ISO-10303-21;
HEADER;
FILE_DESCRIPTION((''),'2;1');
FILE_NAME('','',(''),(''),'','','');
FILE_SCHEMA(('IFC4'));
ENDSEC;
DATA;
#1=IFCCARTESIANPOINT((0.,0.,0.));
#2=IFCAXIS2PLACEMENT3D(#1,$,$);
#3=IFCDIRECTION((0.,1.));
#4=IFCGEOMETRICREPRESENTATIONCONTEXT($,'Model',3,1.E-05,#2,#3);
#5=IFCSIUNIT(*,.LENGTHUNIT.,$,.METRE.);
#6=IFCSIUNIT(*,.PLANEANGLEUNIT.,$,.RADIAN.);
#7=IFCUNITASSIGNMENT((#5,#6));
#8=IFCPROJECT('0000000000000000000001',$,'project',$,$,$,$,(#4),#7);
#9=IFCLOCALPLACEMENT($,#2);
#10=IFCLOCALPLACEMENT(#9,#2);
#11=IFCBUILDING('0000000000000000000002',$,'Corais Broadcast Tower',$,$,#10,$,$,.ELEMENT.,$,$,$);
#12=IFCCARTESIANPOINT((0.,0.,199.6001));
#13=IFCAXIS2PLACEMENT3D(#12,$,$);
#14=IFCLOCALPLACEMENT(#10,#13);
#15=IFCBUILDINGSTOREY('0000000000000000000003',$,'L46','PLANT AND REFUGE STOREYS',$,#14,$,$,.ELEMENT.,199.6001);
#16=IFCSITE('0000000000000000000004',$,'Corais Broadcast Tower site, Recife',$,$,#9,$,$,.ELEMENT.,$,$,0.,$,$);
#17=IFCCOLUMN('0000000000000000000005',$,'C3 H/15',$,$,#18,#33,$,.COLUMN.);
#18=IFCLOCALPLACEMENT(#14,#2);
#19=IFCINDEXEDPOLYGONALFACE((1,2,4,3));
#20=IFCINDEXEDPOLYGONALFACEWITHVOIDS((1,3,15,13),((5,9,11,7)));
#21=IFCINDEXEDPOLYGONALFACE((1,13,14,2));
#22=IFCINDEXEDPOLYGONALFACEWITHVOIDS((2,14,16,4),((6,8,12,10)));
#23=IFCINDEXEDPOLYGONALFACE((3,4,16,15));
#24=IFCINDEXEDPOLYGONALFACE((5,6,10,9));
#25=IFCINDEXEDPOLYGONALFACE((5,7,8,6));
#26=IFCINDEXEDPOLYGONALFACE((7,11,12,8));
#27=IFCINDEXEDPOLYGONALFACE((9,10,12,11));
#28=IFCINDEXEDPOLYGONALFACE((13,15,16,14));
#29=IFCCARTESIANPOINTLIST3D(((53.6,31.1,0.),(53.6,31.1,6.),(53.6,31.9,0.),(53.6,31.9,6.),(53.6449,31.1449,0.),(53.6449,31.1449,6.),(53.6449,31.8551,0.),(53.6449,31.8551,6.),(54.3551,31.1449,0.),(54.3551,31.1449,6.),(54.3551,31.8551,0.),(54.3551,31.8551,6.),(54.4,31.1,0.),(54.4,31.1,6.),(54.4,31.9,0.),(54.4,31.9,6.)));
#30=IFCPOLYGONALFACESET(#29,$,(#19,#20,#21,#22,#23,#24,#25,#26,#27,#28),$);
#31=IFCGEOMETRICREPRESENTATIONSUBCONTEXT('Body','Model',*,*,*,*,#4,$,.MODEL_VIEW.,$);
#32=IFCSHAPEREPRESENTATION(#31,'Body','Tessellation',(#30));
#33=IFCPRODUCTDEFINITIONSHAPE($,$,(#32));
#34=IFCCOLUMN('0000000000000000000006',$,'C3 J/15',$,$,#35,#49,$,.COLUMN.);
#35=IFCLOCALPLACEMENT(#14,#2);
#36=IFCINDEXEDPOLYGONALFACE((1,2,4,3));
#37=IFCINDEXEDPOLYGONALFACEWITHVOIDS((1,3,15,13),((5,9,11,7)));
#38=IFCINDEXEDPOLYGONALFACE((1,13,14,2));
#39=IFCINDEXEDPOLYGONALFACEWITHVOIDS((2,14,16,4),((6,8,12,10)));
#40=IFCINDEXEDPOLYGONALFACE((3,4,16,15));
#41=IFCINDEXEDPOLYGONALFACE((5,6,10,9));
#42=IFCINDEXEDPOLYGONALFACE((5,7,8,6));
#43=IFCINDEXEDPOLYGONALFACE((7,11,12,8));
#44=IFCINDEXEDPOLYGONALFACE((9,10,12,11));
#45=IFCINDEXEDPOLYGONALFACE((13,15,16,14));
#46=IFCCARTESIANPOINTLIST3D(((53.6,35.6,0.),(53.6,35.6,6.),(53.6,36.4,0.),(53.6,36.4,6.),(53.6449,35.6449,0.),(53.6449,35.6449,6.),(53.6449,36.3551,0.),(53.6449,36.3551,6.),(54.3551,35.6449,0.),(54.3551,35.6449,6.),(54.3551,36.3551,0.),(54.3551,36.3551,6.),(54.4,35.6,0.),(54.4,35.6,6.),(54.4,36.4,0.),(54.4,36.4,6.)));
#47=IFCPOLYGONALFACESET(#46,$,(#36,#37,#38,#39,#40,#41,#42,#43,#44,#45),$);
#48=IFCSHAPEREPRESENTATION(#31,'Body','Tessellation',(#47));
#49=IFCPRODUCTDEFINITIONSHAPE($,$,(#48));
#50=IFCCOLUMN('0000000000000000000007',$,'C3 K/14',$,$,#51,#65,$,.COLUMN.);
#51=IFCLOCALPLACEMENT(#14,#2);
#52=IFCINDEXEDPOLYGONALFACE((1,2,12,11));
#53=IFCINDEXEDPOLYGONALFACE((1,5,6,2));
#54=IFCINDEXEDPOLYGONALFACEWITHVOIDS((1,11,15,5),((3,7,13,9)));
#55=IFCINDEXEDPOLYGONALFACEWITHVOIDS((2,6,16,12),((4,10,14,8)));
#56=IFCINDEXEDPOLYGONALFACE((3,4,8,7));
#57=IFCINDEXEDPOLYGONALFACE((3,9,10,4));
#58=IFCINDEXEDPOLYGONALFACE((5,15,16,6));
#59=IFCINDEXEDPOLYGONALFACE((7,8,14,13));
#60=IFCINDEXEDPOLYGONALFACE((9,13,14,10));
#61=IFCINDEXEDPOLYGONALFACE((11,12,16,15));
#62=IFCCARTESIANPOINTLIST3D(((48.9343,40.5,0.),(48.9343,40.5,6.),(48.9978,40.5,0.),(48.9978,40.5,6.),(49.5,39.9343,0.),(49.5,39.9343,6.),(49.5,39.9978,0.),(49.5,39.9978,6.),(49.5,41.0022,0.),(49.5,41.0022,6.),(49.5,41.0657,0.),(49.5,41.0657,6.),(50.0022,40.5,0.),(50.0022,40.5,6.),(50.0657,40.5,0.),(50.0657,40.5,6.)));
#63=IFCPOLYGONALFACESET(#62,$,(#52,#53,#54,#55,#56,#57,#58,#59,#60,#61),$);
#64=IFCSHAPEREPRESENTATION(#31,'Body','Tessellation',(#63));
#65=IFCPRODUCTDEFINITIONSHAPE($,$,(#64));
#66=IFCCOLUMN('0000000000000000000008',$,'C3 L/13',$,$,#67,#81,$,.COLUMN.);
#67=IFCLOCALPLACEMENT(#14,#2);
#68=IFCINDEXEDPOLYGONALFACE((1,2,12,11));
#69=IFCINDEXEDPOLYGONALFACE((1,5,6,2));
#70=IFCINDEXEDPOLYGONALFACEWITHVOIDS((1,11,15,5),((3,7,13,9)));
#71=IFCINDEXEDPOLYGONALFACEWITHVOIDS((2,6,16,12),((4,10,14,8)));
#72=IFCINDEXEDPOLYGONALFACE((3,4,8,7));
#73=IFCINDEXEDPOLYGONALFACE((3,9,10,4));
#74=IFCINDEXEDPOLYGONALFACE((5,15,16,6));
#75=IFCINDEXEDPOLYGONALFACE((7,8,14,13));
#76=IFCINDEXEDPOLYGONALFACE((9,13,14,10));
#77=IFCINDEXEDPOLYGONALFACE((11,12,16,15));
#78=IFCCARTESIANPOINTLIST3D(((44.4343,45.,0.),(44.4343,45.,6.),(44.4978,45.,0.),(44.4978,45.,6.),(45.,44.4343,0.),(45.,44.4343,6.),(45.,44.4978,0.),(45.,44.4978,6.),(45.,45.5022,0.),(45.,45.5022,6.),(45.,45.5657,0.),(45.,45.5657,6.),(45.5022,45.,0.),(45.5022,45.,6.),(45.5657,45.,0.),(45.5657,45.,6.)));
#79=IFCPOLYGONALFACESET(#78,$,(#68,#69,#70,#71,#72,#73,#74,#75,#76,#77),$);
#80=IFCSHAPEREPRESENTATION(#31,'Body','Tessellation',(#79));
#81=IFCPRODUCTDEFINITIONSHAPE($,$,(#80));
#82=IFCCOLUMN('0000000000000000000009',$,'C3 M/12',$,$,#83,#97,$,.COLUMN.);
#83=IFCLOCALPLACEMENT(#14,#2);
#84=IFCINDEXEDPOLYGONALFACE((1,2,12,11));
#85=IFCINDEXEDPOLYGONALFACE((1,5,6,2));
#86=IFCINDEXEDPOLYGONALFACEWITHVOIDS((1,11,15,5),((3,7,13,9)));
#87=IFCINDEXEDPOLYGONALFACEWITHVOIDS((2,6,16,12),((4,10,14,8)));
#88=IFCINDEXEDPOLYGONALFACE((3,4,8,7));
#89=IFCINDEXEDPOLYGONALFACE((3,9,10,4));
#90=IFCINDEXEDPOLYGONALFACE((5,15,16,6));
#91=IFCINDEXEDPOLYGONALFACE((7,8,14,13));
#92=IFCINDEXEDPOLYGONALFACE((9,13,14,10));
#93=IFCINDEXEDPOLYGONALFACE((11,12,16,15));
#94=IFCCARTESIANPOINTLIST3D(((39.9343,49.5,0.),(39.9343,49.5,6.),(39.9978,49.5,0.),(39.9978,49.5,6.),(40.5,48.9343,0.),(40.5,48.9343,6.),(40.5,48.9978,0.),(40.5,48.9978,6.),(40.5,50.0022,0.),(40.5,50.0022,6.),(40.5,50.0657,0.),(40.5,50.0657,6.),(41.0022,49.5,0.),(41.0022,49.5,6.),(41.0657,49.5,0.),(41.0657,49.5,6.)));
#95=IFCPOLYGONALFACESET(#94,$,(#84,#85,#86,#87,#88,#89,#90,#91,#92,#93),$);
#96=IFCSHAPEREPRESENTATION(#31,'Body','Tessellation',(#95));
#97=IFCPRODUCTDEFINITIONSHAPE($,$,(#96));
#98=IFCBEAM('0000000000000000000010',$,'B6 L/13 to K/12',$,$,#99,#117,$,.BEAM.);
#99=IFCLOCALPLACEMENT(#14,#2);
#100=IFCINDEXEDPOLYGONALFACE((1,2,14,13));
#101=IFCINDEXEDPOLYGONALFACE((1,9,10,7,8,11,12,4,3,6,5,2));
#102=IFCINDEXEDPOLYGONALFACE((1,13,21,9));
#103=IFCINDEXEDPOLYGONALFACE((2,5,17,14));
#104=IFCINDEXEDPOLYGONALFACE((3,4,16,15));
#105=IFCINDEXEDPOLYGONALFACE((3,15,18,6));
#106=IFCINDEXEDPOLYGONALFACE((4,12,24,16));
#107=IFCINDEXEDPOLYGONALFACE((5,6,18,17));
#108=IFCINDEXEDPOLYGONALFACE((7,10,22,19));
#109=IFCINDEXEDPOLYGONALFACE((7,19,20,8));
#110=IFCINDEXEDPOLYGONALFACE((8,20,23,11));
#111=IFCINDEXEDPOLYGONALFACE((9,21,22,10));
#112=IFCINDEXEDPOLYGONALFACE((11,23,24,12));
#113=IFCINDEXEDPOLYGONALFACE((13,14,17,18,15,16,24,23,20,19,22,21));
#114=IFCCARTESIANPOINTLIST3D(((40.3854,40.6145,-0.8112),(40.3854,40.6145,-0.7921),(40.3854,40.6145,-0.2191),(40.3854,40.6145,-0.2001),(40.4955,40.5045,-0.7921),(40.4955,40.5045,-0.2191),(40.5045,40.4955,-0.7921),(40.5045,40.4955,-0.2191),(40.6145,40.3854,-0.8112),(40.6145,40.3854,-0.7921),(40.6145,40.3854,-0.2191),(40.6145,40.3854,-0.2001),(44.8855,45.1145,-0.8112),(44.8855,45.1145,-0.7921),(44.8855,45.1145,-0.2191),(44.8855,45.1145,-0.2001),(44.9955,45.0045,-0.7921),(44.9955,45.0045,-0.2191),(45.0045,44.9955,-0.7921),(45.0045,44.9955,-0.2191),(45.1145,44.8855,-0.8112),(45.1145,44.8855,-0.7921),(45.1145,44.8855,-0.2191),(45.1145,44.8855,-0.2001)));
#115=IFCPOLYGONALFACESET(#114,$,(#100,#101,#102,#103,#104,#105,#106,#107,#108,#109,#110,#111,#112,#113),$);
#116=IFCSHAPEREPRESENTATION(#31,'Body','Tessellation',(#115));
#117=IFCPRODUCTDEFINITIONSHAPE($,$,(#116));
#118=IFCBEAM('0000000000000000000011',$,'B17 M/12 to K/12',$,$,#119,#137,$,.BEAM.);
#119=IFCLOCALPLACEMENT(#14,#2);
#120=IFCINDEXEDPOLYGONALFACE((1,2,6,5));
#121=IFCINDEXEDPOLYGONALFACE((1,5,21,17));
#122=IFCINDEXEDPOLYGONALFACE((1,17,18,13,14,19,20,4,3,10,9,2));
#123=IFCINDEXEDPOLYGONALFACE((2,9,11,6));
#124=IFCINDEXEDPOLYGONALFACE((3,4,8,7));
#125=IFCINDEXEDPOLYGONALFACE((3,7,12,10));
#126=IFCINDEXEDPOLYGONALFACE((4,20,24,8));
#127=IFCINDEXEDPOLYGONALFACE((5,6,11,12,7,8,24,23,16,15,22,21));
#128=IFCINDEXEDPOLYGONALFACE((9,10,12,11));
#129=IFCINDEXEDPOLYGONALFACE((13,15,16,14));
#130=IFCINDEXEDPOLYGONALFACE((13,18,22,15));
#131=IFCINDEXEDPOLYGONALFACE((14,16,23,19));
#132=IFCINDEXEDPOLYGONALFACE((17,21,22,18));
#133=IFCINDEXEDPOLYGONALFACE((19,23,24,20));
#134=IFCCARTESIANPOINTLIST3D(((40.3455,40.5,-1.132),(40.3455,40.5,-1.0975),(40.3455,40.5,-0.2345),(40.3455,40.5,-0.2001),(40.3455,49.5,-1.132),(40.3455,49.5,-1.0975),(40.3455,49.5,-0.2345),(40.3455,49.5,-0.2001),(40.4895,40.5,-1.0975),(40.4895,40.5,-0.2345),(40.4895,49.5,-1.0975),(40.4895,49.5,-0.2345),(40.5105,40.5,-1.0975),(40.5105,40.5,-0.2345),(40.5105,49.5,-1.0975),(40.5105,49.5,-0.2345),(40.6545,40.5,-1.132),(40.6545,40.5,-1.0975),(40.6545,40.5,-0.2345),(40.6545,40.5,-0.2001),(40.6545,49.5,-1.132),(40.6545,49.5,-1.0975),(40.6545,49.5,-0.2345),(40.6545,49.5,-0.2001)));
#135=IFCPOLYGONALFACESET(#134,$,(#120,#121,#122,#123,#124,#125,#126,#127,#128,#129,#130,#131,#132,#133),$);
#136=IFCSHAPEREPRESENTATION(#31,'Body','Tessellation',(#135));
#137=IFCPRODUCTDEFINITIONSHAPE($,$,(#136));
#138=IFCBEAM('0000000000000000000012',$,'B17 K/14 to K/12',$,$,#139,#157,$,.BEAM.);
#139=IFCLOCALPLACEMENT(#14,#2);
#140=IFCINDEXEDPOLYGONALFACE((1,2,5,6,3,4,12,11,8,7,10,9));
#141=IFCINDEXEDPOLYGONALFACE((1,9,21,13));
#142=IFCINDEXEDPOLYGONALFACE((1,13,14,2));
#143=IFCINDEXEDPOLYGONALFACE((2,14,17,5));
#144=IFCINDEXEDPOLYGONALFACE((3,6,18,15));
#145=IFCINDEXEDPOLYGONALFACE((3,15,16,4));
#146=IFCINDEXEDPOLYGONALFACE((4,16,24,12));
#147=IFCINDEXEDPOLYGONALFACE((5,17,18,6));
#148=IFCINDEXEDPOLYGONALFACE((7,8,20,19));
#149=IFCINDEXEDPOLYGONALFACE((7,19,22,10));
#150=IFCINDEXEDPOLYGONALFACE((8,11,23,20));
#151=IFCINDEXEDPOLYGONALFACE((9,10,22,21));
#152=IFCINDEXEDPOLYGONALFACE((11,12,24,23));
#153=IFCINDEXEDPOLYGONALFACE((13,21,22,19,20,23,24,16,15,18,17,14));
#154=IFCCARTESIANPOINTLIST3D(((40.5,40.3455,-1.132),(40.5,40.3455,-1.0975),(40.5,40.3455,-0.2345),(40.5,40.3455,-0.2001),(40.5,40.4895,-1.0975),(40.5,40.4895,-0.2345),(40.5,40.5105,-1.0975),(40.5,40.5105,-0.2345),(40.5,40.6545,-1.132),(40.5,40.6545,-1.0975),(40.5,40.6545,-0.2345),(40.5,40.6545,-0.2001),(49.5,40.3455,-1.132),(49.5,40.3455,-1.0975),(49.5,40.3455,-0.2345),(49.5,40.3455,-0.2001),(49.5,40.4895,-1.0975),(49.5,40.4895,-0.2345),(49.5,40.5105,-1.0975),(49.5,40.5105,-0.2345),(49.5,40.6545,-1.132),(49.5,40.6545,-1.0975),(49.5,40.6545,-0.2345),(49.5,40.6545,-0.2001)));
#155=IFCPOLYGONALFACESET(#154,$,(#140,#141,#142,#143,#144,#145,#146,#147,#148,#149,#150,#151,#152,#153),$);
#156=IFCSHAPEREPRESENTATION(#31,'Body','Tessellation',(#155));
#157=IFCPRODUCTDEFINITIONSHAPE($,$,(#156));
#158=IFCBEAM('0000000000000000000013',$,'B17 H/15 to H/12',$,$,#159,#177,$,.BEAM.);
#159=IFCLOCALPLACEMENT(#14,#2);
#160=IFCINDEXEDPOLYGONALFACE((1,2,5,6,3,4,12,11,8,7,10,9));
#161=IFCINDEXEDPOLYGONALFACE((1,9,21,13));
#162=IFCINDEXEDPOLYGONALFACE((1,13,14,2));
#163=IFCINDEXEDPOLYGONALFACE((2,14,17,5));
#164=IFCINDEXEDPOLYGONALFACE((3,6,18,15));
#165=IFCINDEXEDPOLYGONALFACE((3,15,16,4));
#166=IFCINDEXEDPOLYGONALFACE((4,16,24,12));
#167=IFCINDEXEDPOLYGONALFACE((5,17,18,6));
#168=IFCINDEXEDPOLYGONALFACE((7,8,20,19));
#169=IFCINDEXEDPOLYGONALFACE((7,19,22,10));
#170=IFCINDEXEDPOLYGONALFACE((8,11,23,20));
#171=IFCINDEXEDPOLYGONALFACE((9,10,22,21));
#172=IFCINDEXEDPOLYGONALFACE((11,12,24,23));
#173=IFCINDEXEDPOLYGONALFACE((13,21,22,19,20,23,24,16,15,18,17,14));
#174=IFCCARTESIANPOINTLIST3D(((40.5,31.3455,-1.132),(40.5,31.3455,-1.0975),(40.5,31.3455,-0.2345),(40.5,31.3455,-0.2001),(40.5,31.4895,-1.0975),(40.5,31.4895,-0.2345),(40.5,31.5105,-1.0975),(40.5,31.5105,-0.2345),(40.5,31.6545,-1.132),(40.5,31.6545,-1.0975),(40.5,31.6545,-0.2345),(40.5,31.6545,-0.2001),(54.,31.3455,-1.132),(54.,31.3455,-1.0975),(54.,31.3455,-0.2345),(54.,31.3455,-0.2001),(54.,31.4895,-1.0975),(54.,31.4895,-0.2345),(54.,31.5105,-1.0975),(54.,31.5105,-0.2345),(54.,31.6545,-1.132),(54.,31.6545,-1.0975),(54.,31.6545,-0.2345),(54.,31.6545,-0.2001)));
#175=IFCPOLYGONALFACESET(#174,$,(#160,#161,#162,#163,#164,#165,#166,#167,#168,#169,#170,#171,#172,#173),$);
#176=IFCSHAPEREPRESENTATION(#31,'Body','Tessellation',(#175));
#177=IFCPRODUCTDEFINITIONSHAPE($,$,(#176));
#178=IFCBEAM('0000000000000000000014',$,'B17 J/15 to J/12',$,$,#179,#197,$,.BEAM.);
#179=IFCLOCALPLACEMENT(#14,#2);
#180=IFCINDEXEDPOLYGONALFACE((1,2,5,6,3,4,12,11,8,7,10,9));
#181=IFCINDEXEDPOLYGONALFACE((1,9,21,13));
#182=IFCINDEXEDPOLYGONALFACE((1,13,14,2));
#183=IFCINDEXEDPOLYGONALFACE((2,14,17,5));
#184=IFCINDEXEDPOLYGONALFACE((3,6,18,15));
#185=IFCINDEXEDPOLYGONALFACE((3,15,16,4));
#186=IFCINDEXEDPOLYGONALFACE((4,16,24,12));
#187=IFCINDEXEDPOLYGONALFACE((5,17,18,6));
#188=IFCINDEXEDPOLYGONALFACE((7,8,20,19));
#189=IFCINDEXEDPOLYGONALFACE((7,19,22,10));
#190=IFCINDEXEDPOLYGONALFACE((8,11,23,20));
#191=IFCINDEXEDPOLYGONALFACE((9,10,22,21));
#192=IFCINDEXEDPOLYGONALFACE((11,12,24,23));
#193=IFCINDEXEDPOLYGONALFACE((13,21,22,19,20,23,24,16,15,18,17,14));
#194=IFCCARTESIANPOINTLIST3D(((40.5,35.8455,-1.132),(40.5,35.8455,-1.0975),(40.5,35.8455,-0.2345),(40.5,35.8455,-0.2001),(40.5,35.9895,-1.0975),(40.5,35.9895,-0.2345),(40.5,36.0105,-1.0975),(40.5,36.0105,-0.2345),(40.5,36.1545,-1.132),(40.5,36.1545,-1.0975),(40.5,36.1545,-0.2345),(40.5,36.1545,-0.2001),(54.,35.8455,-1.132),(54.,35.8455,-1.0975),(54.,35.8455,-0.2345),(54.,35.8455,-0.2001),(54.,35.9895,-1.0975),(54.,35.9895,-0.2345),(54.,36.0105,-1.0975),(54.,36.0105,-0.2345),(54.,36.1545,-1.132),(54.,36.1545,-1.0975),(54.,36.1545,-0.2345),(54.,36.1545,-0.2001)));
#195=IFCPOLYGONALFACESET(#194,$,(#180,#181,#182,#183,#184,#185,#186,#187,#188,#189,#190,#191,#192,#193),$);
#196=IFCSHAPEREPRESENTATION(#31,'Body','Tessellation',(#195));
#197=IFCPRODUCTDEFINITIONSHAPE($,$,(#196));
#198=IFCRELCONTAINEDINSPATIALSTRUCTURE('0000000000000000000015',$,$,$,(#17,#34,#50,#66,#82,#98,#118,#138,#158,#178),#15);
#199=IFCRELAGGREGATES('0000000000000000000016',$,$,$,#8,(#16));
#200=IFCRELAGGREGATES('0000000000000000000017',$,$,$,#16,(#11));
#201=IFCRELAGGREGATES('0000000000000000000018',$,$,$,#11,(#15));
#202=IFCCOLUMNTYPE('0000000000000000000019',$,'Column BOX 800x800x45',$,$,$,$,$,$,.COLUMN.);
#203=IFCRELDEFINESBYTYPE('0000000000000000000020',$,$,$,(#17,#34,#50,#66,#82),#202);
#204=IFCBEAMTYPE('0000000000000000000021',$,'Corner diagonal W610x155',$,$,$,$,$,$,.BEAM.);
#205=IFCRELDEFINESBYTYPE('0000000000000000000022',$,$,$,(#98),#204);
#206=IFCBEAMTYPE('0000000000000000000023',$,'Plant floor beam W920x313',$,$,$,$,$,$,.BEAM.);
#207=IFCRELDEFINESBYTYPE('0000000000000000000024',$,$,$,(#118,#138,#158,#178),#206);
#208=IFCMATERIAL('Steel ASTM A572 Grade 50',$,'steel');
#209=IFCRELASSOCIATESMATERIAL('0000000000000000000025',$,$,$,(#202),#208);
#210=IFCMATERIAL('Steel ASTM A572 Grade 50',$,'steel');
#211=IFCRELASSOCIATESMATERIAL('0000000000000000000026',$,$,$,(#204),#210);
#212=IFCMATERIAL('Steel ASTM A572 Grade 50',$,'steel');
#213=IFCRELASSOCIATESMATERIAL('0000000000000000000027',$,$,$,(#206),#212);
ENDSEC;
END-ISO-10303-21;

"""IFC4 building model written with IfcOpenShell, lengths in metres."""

from ifc_helpers import new_model, si_unit, direction, frame, origin, origin_2d, place, context, subcontext, project, spatial, hollow_rectangle, i_section, extrude, material, material_profile, profile_set, type_object, element, save


model = new_model("IFC4")

# Units and contexts
model_context = context("Model", 3, precision=1e-05, world=origin(), true_north=direction((0.0, 1.0)))
body_context = subcontext(model_context, "Body", "Model", "MODEL_VIEW")
ifc_project = project(units=[si_unit("LENGTHUNIT", "METRE"), si_unit("PLANEANGLEUNIT", "RADIAN")], contexts=[model_context])

# Site, building, storey
site_placement = place(None, origin())
site = spatial("IfcSite", under=ifc_project, at=site_placement, Name="Corais Broadcast Tower site, Recife", CompositionType="ELEMENT", RefElevation=0.0)
building_placement = place(site_placement, origin())
building = spatial("IfcBuilding", under=site, at=building_placement, Name="Corais Broadcast Tower", CompositionType="ELEMENT")
storey_placement = place(building_placement, frame((0.0, 0.0, 199.6001)))
storey = spatial("IfcBuildingStorey", under=building, at=storey_placement, Name="L46", Description="PLANT AND REFUGE STOREYS", CompositionType="ELEMENT", Elevation=199.6001)

# Columns
ifc_material_1 = material(Name="Steel ASTM A572 Grade 50", Category="steel")
ifc_material_profile_1 = material_profile(ifc_material_1, hollow_rectangle(XDim=0.8, YDim=0.8, WallThickness=0.0449, at=origin_2d()), Name="BOX 800x800x45")
ifc_profile_set_1 = profile_set([ifc_material_profile_1], Name="Steel ASTM A572 Grade 50")
column_type = type_object("IfcColumnType", Name="Column BOX 800x800x45", PredefinedType="COLUMN", material=ifc_profile_set_1)
for number, where, z_axis, x_axis, name in (
    (1, (54.0, 31.5, 0.0), (0.0, 0.0, 1.0), (1.0, 0.0, 0.0), "C3 H/15"),
    (2, (54.0, 36.0, 0.0), (0.0, 0.0, 1.0), (1.0, 0.0, 0.0), "C3 J/15"),
    (3, (49.5, 40.5, 0.0), (0.0, 0.0, 1.0), (0.707107, 0.707107, 0.0), "C3 K/14"),
    (4, (45.0, 45.0, 0.0), (0.0, 0.0, 1.0), (0.707107, 0.707107, 0.0), "C3 L/13"),
    (5, (40.5, 49.5, 0.0), (0.0, 0.0, 1.0), (0.707107, 0.707107, 0.0), "C3 M/12"),
):
    element("IfcColumn", number, at=place(storey_placement, frame(where, z_axis=z_axis, x_axis=x_axis)), inside=storey, type_object=column_type, Name=name, PredefinedType="COLUMN", context=body_context, shape_type="SweptSolid", body=[
        extrude(hollow_rectangle(XDim=0.8, YDim=0.8, WallThickness=0.0449, at=origin_2d()), origin(), (0.0, 0.0, 1.0), 6.0),
    ])

# Beams
ifc_material_2 = material(Name="Steel ASTM A572 Grade 50", Category="steel")
ifc_material_profile_2 = material_profile(ifc_material_2, i_section(OverallWidth=0.324, OverallDepth=0.6111, WebThickness=0.0127, FlangeThickness=0.019, at=origin_2d()), Name="W610x155")
ifc_profile_set_2 = profile_set([ifc_material_profile_2], Name="Steel ASTM A572 Grade 50")
beam_type_1 = type_object("IfcBeamType", Name="Corner diagonal W610x155", PredefinedType="BEAM", material=ifc_profile_set_2)
beam_1_placement = place(storey_placement, frame((45.0, 45.0, -0.5056), z_axis=(-0.707107, -0.707107, 0.0), x_axis=(0.707107, -0.707107, 0.0)))
element("IfcBeam", 6, at=beam_1_placement, inside=storey, type_object=beam_type_1, Name="B6 L/13 to K/12", PredefinedType="BEAM", context=body_context, shape_type="SweptSolid", body=[
    extrude(i_section(OverallWidth=0.324, OverallDepth=0.6111, WebThickness=0.0127, FlangeThickness=0.019, at=origin_2d()), origin(), (0.0, 0.0, 1.0), 6.364),
])
ifc_material_3 = material(Name="Steel ASTM A572 Grade 50", Category="steel")
ifc_material_profile_3 = material_profile(ifc_material_3, i_section(OverallWidth=0.3091, OverallDepth=0.9319, WebThickness=0.021, FlangeThickness=0.0344, at=origin_2d()), Name="W920x313")
ifc_profile_set_3 = profile_set([ifc_material_profile_3], Name="Steel ASTM A572 Grade 50")
beam_type_2 = type_object("IfcBeamType", Name="Plant floor beam W920x313", PredefinedType="BEAM", material=ifc_profile_set_3)
for number, where, z_axis, x_axis, name in (
    (7, (40.5, 49.5, -0.666), (0.0, -1.0, 0.0), (1.0, 0.0, 0.0), "B17 M/12 to K/12"),
    (8, (49.5, 40.5, -0.666), (-1.0, 0.0, 0.0), (0.0, -1.0, 0.0), "B17 K/14 to K/12"),
):
    element("IfcBeam", number, at=place(storey_placement, frame(where, z_axis=z_axis, x_axis=x_axis)), inside=storey, type_object=beam_type_2, Name=name, PredefinedType="BEAM", context=body_context, shape_type="SweptSolid", body=[
        extrude(i_section(OverallWidth=0.3091, OverallDepth=0.9319, WebThickness=0.021, FlangeThickness=0.0344, at=origin_2d()), origin(), (0.0, 0.0, 1.0), 9.0),
    ])
for number, where, z_axis, x_axis, name in (
    (9, (54.0, 31.5, -0.666), (-1.0, 0.0, 0.0), (0.0, -1.0, 0.0), "B17 H/15 to H/12"),
    (10, (54.0, 36.0, -0.666), (-1.0, 0.0, 0.0), (0.0, -1.0, 0.0), "B17 J/15 to J/12"),
):
    element("IfcBeam", number, at=place(storey_placement, frame(where, z_axis=z_axis, x_axis=x_axis)), inside=storey, type_object=beam_type_2, Name=name, PredefinedType="BEAM", context=body_context, shape_type="SweptSolid", body=[
        extrude(i_section(OverallWidth=0.3091, OverallDepth=0.9319, WebThickness=0.021, FlangeThickness=0.0344, at=origin_2d()), origin(), (0.0, 0.0, 1.0), 13.5),
    ])

save(model, "model.ifc")
